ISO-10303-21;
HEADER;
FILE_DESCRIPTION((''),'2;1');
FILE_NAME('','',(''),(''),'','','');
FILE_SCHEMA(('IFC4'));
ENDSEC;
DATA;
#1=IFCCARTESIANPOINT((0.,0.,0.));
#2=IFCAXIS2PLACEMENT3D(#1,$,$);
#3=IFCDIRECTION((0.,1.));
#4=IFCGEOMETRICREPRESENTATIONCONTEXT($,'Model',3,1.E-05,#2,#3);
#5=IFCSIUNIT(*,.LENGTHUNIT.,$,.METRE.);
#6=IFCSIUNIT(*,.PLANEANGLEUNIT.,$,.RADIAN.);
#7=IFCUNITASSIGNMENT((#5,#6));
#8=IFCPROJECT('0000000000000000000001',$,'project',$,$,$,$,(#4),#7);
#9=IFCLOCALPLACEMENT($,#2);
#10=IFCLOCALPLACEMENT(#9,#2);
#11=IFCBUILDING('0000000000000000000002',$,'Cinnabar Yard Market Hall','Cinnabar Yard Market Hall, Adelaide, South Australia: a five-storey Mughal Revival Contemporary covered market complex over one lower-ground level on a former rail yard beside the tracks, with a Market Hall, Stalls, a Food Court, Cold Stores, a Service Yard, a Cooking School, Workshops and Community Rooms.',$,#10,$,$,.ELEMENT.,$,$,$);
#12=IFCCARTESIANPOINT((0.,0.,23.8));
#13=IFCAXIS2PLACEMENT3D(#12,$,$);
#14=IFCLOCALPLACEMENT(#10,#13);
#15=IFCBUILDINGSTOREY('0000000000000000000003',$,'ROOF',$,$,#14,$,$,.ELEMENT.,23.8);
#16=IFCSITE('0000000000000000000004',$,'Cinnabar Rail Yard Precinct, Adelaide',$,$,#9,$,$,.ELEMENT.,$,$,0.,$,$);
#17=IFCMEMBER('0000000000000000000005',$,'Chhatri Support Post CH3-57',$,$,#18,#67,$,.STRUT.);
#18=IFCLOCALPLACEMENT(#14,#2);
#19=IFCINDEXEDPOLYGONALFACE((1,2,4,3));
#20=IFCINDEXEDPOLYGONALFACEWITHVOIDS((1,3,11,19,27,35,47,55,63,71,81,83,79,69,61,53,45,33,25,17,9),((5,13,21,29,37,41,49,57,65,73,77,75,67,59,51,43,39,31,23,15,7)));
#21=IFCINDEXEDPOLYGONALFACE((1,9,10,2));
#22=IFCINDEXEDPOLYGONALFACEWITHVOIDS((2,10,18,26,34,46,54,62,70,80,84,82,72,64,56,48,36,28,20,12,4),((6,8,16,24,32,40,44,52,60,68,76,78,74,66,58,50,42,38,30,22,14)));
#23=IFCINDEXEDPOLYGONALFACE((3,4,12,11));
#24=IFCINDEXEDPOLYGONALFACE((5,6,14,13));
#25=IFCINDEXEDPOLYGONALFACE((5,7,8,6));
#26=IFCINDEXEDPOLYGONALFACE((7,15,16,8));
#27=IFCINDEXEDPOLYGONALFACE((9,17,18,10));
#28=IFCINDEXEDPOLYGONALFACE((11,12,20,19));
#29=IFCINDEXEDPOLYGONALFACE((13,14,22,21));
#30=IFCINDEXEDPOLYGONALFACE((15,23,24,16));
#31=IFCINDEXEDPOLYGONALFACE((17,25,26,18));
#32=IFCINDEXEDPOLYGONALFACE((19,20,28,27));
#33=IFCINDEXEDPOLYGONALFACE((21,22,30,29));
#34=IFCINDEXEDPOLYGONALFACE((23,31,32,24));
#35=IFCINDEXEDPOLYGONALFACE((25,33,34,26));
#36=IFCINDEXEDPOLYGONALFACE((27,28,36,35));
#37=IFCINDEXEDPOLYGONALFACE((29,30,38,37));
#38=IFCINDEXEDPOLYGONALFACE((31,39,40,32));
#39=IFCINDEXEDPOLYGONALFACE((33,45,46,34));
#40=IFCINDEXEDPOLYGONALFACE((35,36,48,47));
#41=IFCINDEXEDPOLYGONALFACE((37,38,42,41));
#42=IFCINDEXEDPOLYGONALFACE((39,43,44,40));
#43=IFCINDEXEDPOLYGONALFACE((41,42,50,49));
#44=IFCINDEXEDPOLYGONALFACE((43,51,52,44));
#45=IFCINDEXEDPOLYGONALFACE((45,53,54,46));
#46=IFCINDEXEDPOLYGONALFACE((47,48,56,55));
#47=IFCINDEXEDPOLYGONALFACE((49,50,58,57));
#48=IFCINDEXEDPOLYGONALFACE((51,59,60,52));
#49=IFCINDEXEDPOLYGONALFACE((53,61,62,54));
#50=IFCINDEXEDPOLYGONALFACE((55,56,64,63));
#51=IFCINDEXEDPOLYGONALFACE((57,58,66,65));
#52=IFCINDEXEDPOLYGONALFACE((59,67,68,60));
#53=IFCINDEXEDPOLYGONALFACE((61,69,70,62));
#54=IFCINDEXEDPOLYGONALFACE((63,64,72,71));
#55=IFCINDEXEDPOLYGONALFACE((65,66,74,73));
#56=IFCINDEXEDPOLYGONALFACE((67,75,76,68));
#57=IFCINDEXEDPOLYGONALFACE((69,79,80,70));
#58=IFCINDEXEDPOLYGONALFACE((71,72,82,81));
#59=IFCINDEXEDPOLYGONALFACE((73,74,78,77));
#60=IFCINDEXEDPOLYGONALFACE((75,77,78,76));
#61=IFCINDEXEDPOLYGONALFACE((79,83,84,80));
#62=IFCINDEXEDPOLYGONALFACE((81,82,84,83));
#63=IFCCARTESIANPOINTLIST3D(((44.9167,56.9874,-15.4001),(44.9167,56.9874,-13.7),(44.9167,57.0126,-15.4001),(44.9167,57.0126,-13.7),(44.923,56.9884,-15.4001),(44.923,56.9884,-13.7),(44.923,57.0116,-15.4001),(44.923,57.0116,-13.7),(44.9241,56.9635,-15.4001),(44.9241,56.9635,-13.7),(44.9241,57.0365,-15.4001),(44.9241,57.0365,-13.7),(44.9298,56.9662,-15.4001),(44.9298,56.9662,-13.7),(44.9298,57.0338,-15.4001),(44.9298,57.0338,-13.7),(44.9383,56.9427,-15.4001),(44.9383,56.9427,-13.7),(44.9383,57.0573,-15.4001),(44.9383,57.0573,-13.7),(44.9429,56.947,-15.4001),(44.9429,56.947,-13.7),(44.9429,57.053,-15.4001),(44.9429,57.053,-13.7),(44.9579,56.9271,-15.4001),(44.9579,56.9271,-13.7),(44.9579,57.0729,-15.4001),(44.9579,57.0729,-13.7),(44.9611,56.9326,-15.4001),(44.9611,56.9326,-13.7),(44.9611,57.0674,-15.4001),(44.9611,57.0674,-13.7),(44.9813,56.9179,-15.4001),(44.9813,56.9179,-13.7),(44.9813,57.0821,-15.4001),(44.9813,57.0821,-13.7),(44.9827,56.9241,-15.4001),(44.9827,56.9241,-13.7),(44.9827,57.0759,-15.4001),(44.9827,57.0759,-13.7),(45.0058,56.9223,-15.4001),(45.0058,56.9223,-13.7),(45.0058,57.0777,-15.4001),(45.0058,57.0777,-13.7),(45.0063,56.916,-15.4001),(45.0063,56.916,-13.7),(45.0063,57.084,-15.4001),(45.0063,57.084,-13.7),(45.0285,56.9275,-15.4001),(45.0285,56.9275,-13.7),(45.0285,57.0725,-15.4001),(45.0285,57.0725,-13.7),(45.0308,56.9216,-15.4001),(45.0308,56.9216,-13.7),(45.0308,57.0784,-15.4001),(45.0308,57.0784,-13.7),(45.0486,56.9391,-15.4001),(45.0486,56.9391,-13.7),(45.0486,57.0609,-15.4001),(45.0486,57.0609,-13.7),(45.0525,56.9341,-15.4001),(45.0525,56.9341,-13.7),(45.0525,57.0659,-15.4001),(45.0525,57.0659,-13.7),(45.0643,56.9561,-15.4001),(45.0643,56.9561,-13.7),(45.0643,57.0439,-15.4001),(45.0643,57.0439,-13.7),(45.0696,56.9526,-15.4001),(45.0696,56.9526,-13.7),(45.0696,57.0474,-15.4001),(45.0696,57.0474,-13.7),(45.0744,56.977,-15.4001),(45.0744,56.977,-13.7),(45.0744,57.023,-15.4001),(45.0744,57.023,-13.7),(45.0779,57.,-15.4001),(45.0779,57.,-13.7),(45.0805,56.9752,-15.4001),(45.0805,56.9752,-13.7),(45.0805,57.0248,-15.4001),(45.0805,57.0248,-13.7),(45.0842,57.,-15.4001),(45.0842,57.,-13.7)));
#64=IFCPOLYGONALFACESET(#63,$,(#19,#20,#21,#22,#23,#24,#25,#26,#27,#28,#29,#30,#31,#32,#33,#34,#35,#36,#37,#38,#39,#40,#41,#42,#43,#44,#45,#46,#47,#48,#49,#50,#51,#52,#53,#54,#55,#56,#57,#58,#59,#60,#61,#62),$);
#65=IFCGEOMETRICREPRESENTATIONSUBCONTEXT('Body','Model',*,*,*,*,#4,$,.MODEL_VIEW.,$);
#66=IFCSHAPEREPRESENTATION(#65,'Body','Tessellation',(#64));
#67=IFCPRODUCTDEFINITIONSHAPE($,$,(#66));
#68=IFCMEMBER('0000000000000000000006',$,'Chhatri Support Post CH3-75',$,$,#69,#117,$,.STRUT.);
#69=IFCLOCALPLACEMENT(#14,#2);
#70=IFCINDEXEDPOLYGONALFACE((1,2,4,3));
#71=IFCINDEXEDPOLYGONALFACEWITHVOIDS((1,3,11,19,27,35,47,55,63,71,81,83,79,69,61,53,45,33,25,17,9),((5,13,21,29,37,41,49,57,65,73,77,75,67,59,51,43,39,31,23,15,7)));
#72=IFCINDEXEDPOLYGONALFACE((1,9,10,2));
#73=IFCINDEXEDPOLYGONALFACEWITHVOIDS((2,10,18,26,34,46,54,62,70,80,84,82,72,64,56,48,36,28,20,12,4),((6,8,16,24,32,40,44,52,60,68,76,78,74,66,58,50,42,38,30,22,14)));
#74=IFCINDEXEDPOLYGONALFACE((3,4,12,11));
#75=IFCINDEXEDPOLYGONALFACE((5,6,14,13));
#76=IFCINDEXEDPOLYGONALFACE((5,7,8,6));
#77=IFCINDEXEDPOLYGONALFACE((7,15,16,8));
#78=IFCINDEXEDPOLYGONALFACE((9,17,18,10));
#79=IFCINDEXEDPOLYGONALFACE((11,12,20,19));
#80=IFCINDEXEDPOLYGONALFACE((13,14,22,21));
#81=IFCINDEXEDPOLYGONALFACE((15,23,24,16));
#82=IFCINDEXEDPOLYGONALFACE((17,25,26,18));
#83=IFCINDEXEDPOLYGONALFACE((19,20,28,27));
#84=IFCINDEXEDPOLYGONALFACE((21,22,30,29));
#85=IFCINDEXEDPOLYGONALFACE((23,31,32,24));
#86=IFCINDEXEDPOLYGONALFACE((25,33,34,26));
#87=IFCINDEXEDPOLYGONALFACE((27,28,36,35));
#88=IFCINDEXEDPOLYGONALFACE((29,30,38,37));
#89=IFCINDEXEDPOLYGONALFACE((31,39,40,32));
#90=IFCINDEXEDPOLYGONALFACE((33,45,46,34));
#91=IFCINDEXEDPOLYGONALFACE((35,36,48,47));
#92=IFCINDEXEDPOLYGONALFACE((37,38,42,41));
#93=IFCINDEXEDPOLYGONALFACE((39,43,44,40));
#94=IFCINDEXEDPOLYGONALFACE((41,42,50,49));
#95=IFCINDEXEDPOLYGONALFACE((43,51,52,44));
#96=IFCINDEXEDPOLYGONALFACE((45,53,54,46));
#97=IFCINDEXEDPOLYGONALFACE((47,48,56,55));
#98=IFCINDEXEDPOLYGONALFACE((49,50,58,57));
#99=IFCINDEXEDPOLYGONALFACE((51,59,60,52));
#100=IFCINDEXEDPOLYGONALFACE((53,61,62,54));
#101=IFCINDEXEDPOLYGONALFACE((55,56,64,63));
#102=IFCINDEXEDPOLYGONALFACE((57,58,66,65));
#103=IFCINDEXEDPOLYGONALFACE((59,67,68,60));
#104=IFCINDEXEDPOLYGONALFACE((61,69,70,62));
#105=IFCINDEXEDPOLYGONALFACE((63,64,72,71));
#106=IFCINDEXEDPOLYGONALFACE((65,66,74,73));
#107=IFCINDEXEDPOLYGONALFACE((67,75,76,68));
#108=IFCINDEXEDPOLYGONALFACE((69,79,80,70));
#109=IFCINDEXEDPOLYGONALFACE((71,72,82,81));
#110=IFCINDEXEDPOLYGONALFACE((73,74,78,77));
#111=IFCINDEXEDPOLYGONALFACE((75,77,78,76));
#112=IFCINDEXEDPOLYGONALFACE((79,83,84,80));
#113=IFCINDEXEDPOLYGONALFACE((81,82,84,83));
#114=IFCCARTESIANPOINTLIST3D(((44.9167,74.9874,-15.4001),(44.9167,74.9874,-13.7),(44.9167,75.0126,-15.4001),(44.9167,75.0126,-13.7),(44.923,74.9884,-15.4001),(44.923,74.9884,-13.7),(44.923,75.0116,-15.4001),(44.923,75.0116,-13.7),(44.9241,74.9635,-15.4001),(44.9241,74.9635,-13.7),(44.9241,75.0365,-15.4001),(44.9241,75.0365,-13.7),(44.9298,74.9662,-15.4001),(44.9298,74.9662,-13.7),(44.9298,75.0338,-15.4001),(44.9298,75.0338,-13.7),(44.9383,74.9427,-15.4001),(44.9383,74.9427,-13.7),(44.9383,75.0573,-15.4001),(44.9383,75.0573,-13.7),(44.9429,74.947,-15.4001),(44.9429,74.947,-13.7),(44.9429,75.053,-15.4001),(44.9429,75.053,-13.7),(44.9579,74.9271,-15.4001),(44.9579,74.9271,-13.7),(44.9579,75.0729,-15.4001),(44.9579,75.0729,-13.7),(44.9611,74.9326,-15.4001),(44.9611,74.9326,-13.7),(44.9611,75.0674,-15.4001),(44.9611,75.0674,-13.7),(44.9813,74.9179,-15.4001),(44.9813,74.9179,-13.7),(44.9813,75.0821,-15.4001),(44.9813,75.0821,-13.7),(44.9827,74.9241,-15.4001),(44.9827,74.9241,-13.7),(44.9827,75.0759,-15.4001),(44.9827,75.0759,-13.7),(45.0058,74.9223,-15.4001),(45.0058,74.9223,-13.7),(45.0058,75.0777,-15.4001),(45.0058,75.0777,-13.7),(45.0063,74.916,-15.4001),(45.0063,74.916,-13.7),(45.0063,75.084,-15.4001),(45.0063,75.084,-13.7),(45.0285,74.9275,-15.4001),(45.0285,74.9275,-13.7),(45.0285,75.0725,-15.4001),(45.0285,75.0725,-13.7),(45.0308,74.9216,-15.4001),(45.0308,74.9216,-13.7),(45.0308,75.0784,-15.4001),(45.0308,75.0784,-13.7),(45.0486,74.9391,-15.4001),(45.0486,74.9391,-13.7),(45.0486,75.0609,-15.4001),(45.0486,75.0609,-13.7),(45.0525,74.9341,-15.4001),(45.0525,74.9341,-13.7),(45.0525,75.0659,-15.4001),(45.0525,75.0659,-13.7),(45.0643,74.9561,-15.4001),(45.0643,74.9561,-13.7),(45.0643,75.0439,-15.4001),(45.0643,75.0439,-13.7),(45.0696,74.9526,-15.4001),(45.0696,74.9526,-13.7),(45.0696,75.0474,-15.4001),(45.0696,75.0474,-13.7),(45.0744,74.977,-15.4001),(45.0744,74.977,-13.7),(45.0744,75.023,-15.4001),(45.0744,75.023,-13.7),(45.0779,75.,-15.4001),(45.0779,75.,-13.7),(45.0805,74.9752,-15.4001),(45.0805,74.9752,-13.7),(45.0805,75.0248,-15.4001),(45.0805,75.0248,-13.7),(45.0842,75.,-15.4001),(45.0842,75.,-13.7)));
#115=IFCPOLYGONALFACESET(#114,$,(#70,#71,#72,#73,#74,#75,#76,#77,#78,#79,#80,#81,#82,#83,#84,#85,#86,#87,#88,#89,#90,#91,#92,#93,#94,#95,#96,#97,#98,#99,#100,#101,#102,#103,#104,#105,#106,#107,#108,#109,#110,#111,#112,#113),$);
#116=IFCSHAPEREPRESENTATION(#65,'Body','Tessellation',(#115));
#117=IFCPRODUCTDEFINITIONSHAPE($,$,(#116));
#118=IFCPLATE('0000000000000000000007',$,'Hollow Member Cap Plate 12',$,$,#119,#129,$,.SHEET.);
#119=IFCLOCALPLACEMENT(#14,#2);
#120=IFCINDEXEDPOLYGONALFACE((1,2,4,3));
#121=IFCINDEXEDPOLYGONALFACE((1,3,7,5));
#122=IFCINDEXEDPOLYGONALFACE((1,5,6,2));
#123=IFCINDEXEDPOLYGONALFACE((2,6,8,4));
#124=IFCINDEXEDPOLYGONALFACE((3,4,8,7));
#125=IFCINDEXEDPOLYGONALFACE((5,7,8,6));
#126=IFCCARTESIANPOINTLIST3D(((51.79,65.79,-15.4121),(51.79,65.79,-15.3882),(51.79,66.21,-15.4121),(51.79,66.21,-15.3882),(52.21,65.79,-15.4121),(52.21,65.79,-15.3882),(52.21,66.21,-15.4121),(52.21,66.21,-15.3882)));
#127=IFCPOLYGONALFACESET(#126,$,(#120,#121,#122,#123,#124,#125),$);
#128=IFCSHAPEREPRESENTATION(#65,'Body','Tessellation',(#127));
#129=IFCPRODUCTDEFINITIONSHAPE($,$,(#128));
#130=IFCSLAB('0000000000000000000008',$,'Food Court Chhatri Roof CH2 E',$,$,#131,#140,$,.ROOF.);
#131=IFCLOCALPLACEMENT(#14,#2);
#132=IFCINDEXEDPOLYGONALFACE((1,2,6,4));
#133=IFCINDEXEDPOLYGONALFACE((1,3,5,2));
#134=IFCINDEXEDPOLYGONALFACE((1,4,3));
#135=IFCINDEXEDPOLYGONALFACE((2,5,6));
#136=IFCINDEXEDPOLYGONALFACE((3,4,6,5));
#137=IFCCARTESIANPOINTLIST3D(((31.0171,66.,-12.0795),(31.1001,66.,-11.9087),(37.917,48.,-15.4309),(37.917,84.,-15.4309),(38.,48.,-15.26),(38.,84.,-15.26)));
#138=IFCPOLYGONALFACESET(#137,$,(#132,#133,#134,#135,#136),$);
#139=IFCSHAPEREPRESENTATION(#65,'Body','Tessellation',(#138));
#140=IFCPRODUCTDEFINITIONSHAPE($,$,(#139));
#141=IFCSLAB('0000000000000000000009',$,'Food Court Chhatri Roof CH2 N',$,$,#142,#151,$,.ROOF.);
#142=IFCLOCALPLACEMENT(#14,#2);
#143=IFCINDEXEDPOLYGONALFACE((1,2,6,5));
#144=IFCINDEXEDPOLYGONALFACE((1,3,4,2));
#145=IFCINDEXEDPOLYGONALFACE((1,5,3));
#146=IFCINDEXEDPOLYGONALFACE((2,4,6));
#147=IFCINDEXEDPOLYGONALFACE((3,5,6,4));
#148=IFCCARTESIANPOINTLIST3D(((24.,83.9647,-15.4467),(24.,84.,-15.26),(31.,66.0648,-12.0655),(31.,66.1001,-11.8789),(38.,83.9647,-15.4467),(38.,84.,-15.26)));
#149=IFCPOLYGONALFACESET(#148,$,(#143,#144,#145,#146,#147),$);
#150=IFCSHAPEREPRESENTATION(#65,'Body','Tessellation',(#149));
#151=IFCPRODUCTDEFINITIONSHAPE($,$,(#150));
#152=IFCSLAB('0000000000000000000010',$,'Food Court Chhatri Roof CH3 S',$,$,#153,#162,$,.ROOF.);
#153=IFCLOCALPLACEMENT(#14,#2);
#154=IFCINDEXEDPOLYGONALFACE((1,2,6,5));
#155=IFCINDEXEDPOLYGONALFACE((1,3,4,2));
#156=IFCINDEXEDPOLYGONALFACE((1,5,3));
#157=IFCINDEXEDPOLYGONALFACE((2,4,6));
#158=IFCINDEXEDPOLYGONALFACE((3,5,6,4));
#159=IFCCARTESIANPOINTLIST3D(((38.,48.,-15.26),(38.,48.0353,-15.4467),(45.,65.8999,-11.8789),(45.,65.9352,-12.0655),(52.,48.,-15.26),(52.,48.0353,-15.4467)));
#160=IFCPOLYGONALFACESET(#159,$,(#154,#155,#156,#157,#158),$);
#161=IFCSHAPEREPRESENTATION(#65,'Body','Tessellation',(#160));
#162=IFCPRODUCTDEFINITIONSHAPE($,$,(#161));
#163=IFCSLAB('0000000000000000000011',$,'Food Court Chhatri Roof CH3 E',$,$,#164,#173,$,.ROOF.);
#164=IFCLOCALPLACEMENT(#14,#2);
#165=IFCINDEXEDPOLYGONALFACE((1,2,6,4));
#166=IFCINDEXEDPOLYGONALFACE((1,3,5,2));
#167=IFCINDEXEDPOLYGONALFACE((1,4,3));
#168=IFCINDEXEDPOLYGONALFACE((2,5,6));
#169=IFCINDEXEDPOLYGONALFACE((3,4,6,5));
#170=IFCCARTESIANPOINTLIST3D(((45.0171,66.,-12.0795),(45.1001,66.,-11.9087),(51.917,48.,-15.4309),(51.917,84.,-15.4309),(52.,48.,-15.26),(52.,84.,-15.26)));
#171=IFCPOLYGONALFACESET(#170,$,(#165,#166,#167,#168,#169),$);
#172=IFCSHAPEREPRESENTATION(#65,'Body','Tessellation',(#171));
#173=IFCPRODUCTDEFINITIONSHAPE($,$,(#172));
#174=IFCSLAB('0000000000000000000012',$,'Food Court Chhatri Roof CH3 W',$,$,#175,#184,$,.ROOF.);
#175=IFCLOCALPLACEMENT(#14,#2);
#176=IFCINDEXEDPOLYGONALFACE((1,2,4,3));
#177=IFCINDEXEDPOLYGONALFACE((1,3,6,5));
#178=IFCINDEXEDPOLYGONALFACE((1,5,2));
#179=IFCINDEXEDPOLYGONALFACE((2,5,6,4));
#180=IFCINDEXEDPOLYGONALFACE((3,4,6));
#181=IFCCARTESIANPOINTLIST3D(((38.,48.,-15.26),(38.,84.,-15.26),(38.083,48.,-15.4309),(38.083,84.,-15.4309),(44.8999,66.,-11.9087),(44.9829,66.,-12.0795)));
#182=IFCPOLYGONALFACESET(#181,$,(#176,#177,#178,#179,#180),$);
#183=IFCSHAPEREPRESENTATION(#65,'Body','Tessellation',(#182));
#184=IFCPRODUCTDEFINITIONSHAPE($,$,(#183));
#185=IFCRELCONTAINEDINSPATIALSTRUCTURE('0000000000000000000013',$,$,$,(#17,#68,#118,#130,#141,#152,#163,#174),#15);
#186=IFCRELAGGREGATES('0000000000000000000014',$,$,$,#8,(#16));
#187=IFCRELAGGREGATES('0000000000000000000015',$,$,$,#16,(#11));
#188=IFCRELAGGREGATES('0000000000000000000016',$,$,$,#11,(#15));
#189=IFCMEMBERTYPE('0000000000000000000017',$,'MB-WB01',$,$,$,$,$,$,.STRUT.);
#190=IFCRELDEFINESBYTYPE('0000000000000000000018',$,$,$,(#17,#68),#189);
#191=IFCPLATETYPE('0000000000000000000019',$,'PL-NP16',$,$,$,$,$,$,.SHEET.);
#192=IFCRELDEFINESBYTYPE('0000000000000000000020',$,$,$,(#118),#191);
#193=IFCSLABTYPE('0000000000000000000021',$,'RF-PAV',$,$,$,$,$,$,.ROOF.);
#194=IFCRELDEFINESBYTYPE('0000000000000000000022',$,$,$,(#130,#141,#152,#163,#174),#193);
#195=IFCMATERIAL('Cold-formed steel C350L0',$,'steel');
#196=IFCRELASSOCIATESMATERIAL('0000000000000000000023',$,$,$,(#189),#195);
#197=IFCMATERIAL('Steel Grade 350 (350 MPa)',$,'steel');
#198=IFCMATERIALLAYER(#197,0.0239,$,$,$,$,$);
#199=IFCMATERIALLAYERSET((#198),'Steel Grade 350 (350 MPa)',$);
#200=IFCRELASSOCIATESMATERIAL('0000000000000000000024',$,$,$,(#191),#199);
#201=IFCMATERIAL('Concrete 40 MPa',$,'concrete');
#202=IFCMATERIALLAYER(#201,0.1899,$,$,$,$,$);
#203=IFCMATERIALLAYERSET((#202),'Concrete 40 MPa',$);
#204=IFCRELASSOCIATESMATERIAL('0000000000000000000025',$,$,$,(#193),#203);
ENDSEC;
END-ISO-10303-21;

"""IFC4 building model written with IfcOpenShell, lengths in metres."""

from ifc_helpers import new_model, si_unit, direction, frame, origin, origin_2d_with_axis, place, context, subcontext, project, spatial, polyline, rectangle, hollow_circle, outline, extrude, material, layer, layer_set, material_profile, profile_set, type_object, element, save


model = new_model("IFC4")

# Units and contexts
model_context = context("Model", 3, precision=1e-05, world=origin(), true_north=direction((0.0, 1.0)))
body_context = subcontext(model_context, "Body", "Model", "MODEL_VIEW")
ifc_project = project(units=[si_unit("LENGTHUNIT", "METRE"), si_unit("PLANEANGLEUNIT", "RADIAN")], contexts=[model_context])

# Site, building, storey
site_placement = place(None, origin())
site = spatial("IfcSite", under=ifc_project, at=site_placement, Name="Cinnabar Rail Yard Precinct, Adelaide", CompositionType="ELEMENT", RefElevation=0.0)
building_placement = place(site_placement, origin())
building = spatial("IfcBuilding", under=site, at=building_placement, Name="Cinnabar Yard Market Hall", Description="Cinnabar Yard Market Hall, Adelaide, South Australia: a five-storey Mughal Revival Contemporary covered market complex over one lower-ground level on a former rail yard beside the tracks, with a Market Hall, Stalls, a Food Court, Cold Stores, a Service Yard, a Cooking School, Workshops and Community Rooms.", CompositionType="ELEMENT")
storey_placement = place(building_placement, frame((0.0, 0.0, 23.8)))
storey = spatial("IfcBuildingStorey", under=building, at=storey_placement, Name="ROOF", CompositionType="ELEMENT", Elevation=23.8)

# Members
ifc_material_1 = material(Name="Cold-formed steel C350L0", Category="steel")
ifc_material_profile_1 = material_profile(ifc_material_1, hollow_circle(Radius=0.0842, WallThickness=0.0063, at=origin_2d_with_axis()), Name="168.3x6.4CHS")
ifc_profile_set_1 = profile_set([ifc_material_profile_1], Name="Cold-formed steel C350L0")
member_type_1 = type_object("IfcMemberType", Name="MB-WB01", PredefinedType="STRUT", material=ifc_profile_set_1)
for number, where, z_axis, x_axis, name in (
    (1, (45.0, 57.0, -15.4001), (0.0, 0.0, 1.0), (1.0, 0.0, 0.0), "Chhatri Support Post CH3-57"),
    (2, (45.0, 75.0, -15.4001), (0.0, 0.0, 1.0), (1.0, 0.0, 0.0), "Chhatri Support Post CH3-75"),
):
    element("IfcMember", number, at=place(storey_placement, frame(where, z_axis=z_axis, x_axis=x_axis)), inside=storey, type_object=member_type_1, Name=name, PredefinedType="STRUT", context=body_context, shape_type="SweptSolid", body=[
        extrude(hollow_circle(Radius=0.0842, WallThickness=0.0063, at=origin_2d_with_axis()), origin(), (0.0, 0.0, 1.0), 1.7002),
    ])

# Plate
ifc_material_2 = material(Name="Steel Grade 350 (350 MPa)", Category="steel")
ifc_layer_1 = layer(ifc_material_2, 0.0239)
ifc_layer_set_1 = layer_set([ifc_layer_1], Name="Steel Grade 350 (350 MPa)")
plate_type = type_object("IfcPlateType", Name="PL-NP16", PredefinedType="SHEET", material=ifc_layer_set_1)
plate_placement = place(storey_placement, frame((52.0, 66.0, -15.4121), z_axis=(0.0, 0.0, 1.0), x_axis=(1.0, 0.0, 0.0)))
element("IfcPlate", 3, at=plate_placement, inside=storey, type_object=plate_type, Name="Hollow Member Cap Plate 12", PredefinedType="SHEET", context=body_context, shape_type="SweptSolid", body=[
    extrude(rectangle(XDim=0.4199, YDim=0.4199, at=origin_2d_with_axis()), origin(), (0.0, 0.0, 1.0), 0.0239),
])

# Slabs
ifc_material_3 = material(Name="Concrete 40 MPa", Category="concrete")
ifc_layer_2 = layer(ifc_material_3, 0.1899)
ifc_layer_set_2 = layer_set([ifc_layer_2], Name="Concrete 40 MPa")
slab_type = type_object("IfcSlabType", Name="RF-PAV", PredefinedType="ROOF", material=ifc_layer_set_2)
slab_placement = place(storey_placement, frame((38.0, 48.0, -15.26), z_axis=(0.436897, 0.0, 0.899511), x_axis=(0.0, 1.0, 0.0)))
element("IfcSlab", 4, at=slab_placement, inside=storey, type_object=slab_type, Name="Food Court Chhatri Roof CH2 E", PredefinedType="ROOF", context=body_context, shape_type="SweptSolid", body=[
    extrude(outline(polyline([(0.0, 0.0), (36.0, 0.0), (18.0, 7.6707), (0.0, 0.0)])), origin(), (0.0, 0.0, -1.0), 0.1899),
])
for number, where, z_axis, x_axis, name in (
    (5, (38.0, 84.0, -15.26), (0.0, 0.185607, 0.982624), (-1.0, 0.0, 0.0), "Food Court Chhatri Roof CH2 N"),
    (6, (38.0, 48.0, -15.26), (0.0, -0.185607, 0.982624), (1.0, 0.0, 0.0), "Food Court Chhatri Roof CH3 S"),
):
    element("IfcSlab", number, at=place(storey_placement, frame(where, z_axis=z_axis, x_axis=x_axis)), inside=storey, type_object=slab_type, Name=name, PredefinedType="ROOF", context=body_context, shape_type="SweptSolid", body=[
        extrude(outline(polyline([(0.0, 0.0), (14.0, 0.0), (7.0, 18.2164), (0.0, 0.0)])), origin(), (0.0, 0.0, -1.0), 0.1899),
    ])
for number, where, z_axis, x_axis, name in (
    (7, (52.0, 48.0, -15.26), (0.436897, 0.0, 0.899511), (0.0, 1.0, 0.0), "Food Court Chhatri Roof CH3 E"),
    (8, (38.0, 84.0, -15.26), (-0.436897, 0.0, 0.899511), (0.0, -1.0, 0.0), "Food Court Chhatri Roof CH3 W"),
):
    element("IfcSlab", number, at=place(storey_placement, frame(where, z_axis=z_axis, x_axis=x_axis)), inside=storey, type_object=slab_type, Name=name, PredefinedType="ROOF", context=body_context, shape_type="SweptSolid", body=[
        extrude(outline(polyline([(0.0, 0.0), (36.0, 0.0), (18.0, 7.6707), (0.0, 0.0)])), origin(), (0.0, 0.0, -1.0), 0.1899),
    ])

save(model, "model.ifc")
